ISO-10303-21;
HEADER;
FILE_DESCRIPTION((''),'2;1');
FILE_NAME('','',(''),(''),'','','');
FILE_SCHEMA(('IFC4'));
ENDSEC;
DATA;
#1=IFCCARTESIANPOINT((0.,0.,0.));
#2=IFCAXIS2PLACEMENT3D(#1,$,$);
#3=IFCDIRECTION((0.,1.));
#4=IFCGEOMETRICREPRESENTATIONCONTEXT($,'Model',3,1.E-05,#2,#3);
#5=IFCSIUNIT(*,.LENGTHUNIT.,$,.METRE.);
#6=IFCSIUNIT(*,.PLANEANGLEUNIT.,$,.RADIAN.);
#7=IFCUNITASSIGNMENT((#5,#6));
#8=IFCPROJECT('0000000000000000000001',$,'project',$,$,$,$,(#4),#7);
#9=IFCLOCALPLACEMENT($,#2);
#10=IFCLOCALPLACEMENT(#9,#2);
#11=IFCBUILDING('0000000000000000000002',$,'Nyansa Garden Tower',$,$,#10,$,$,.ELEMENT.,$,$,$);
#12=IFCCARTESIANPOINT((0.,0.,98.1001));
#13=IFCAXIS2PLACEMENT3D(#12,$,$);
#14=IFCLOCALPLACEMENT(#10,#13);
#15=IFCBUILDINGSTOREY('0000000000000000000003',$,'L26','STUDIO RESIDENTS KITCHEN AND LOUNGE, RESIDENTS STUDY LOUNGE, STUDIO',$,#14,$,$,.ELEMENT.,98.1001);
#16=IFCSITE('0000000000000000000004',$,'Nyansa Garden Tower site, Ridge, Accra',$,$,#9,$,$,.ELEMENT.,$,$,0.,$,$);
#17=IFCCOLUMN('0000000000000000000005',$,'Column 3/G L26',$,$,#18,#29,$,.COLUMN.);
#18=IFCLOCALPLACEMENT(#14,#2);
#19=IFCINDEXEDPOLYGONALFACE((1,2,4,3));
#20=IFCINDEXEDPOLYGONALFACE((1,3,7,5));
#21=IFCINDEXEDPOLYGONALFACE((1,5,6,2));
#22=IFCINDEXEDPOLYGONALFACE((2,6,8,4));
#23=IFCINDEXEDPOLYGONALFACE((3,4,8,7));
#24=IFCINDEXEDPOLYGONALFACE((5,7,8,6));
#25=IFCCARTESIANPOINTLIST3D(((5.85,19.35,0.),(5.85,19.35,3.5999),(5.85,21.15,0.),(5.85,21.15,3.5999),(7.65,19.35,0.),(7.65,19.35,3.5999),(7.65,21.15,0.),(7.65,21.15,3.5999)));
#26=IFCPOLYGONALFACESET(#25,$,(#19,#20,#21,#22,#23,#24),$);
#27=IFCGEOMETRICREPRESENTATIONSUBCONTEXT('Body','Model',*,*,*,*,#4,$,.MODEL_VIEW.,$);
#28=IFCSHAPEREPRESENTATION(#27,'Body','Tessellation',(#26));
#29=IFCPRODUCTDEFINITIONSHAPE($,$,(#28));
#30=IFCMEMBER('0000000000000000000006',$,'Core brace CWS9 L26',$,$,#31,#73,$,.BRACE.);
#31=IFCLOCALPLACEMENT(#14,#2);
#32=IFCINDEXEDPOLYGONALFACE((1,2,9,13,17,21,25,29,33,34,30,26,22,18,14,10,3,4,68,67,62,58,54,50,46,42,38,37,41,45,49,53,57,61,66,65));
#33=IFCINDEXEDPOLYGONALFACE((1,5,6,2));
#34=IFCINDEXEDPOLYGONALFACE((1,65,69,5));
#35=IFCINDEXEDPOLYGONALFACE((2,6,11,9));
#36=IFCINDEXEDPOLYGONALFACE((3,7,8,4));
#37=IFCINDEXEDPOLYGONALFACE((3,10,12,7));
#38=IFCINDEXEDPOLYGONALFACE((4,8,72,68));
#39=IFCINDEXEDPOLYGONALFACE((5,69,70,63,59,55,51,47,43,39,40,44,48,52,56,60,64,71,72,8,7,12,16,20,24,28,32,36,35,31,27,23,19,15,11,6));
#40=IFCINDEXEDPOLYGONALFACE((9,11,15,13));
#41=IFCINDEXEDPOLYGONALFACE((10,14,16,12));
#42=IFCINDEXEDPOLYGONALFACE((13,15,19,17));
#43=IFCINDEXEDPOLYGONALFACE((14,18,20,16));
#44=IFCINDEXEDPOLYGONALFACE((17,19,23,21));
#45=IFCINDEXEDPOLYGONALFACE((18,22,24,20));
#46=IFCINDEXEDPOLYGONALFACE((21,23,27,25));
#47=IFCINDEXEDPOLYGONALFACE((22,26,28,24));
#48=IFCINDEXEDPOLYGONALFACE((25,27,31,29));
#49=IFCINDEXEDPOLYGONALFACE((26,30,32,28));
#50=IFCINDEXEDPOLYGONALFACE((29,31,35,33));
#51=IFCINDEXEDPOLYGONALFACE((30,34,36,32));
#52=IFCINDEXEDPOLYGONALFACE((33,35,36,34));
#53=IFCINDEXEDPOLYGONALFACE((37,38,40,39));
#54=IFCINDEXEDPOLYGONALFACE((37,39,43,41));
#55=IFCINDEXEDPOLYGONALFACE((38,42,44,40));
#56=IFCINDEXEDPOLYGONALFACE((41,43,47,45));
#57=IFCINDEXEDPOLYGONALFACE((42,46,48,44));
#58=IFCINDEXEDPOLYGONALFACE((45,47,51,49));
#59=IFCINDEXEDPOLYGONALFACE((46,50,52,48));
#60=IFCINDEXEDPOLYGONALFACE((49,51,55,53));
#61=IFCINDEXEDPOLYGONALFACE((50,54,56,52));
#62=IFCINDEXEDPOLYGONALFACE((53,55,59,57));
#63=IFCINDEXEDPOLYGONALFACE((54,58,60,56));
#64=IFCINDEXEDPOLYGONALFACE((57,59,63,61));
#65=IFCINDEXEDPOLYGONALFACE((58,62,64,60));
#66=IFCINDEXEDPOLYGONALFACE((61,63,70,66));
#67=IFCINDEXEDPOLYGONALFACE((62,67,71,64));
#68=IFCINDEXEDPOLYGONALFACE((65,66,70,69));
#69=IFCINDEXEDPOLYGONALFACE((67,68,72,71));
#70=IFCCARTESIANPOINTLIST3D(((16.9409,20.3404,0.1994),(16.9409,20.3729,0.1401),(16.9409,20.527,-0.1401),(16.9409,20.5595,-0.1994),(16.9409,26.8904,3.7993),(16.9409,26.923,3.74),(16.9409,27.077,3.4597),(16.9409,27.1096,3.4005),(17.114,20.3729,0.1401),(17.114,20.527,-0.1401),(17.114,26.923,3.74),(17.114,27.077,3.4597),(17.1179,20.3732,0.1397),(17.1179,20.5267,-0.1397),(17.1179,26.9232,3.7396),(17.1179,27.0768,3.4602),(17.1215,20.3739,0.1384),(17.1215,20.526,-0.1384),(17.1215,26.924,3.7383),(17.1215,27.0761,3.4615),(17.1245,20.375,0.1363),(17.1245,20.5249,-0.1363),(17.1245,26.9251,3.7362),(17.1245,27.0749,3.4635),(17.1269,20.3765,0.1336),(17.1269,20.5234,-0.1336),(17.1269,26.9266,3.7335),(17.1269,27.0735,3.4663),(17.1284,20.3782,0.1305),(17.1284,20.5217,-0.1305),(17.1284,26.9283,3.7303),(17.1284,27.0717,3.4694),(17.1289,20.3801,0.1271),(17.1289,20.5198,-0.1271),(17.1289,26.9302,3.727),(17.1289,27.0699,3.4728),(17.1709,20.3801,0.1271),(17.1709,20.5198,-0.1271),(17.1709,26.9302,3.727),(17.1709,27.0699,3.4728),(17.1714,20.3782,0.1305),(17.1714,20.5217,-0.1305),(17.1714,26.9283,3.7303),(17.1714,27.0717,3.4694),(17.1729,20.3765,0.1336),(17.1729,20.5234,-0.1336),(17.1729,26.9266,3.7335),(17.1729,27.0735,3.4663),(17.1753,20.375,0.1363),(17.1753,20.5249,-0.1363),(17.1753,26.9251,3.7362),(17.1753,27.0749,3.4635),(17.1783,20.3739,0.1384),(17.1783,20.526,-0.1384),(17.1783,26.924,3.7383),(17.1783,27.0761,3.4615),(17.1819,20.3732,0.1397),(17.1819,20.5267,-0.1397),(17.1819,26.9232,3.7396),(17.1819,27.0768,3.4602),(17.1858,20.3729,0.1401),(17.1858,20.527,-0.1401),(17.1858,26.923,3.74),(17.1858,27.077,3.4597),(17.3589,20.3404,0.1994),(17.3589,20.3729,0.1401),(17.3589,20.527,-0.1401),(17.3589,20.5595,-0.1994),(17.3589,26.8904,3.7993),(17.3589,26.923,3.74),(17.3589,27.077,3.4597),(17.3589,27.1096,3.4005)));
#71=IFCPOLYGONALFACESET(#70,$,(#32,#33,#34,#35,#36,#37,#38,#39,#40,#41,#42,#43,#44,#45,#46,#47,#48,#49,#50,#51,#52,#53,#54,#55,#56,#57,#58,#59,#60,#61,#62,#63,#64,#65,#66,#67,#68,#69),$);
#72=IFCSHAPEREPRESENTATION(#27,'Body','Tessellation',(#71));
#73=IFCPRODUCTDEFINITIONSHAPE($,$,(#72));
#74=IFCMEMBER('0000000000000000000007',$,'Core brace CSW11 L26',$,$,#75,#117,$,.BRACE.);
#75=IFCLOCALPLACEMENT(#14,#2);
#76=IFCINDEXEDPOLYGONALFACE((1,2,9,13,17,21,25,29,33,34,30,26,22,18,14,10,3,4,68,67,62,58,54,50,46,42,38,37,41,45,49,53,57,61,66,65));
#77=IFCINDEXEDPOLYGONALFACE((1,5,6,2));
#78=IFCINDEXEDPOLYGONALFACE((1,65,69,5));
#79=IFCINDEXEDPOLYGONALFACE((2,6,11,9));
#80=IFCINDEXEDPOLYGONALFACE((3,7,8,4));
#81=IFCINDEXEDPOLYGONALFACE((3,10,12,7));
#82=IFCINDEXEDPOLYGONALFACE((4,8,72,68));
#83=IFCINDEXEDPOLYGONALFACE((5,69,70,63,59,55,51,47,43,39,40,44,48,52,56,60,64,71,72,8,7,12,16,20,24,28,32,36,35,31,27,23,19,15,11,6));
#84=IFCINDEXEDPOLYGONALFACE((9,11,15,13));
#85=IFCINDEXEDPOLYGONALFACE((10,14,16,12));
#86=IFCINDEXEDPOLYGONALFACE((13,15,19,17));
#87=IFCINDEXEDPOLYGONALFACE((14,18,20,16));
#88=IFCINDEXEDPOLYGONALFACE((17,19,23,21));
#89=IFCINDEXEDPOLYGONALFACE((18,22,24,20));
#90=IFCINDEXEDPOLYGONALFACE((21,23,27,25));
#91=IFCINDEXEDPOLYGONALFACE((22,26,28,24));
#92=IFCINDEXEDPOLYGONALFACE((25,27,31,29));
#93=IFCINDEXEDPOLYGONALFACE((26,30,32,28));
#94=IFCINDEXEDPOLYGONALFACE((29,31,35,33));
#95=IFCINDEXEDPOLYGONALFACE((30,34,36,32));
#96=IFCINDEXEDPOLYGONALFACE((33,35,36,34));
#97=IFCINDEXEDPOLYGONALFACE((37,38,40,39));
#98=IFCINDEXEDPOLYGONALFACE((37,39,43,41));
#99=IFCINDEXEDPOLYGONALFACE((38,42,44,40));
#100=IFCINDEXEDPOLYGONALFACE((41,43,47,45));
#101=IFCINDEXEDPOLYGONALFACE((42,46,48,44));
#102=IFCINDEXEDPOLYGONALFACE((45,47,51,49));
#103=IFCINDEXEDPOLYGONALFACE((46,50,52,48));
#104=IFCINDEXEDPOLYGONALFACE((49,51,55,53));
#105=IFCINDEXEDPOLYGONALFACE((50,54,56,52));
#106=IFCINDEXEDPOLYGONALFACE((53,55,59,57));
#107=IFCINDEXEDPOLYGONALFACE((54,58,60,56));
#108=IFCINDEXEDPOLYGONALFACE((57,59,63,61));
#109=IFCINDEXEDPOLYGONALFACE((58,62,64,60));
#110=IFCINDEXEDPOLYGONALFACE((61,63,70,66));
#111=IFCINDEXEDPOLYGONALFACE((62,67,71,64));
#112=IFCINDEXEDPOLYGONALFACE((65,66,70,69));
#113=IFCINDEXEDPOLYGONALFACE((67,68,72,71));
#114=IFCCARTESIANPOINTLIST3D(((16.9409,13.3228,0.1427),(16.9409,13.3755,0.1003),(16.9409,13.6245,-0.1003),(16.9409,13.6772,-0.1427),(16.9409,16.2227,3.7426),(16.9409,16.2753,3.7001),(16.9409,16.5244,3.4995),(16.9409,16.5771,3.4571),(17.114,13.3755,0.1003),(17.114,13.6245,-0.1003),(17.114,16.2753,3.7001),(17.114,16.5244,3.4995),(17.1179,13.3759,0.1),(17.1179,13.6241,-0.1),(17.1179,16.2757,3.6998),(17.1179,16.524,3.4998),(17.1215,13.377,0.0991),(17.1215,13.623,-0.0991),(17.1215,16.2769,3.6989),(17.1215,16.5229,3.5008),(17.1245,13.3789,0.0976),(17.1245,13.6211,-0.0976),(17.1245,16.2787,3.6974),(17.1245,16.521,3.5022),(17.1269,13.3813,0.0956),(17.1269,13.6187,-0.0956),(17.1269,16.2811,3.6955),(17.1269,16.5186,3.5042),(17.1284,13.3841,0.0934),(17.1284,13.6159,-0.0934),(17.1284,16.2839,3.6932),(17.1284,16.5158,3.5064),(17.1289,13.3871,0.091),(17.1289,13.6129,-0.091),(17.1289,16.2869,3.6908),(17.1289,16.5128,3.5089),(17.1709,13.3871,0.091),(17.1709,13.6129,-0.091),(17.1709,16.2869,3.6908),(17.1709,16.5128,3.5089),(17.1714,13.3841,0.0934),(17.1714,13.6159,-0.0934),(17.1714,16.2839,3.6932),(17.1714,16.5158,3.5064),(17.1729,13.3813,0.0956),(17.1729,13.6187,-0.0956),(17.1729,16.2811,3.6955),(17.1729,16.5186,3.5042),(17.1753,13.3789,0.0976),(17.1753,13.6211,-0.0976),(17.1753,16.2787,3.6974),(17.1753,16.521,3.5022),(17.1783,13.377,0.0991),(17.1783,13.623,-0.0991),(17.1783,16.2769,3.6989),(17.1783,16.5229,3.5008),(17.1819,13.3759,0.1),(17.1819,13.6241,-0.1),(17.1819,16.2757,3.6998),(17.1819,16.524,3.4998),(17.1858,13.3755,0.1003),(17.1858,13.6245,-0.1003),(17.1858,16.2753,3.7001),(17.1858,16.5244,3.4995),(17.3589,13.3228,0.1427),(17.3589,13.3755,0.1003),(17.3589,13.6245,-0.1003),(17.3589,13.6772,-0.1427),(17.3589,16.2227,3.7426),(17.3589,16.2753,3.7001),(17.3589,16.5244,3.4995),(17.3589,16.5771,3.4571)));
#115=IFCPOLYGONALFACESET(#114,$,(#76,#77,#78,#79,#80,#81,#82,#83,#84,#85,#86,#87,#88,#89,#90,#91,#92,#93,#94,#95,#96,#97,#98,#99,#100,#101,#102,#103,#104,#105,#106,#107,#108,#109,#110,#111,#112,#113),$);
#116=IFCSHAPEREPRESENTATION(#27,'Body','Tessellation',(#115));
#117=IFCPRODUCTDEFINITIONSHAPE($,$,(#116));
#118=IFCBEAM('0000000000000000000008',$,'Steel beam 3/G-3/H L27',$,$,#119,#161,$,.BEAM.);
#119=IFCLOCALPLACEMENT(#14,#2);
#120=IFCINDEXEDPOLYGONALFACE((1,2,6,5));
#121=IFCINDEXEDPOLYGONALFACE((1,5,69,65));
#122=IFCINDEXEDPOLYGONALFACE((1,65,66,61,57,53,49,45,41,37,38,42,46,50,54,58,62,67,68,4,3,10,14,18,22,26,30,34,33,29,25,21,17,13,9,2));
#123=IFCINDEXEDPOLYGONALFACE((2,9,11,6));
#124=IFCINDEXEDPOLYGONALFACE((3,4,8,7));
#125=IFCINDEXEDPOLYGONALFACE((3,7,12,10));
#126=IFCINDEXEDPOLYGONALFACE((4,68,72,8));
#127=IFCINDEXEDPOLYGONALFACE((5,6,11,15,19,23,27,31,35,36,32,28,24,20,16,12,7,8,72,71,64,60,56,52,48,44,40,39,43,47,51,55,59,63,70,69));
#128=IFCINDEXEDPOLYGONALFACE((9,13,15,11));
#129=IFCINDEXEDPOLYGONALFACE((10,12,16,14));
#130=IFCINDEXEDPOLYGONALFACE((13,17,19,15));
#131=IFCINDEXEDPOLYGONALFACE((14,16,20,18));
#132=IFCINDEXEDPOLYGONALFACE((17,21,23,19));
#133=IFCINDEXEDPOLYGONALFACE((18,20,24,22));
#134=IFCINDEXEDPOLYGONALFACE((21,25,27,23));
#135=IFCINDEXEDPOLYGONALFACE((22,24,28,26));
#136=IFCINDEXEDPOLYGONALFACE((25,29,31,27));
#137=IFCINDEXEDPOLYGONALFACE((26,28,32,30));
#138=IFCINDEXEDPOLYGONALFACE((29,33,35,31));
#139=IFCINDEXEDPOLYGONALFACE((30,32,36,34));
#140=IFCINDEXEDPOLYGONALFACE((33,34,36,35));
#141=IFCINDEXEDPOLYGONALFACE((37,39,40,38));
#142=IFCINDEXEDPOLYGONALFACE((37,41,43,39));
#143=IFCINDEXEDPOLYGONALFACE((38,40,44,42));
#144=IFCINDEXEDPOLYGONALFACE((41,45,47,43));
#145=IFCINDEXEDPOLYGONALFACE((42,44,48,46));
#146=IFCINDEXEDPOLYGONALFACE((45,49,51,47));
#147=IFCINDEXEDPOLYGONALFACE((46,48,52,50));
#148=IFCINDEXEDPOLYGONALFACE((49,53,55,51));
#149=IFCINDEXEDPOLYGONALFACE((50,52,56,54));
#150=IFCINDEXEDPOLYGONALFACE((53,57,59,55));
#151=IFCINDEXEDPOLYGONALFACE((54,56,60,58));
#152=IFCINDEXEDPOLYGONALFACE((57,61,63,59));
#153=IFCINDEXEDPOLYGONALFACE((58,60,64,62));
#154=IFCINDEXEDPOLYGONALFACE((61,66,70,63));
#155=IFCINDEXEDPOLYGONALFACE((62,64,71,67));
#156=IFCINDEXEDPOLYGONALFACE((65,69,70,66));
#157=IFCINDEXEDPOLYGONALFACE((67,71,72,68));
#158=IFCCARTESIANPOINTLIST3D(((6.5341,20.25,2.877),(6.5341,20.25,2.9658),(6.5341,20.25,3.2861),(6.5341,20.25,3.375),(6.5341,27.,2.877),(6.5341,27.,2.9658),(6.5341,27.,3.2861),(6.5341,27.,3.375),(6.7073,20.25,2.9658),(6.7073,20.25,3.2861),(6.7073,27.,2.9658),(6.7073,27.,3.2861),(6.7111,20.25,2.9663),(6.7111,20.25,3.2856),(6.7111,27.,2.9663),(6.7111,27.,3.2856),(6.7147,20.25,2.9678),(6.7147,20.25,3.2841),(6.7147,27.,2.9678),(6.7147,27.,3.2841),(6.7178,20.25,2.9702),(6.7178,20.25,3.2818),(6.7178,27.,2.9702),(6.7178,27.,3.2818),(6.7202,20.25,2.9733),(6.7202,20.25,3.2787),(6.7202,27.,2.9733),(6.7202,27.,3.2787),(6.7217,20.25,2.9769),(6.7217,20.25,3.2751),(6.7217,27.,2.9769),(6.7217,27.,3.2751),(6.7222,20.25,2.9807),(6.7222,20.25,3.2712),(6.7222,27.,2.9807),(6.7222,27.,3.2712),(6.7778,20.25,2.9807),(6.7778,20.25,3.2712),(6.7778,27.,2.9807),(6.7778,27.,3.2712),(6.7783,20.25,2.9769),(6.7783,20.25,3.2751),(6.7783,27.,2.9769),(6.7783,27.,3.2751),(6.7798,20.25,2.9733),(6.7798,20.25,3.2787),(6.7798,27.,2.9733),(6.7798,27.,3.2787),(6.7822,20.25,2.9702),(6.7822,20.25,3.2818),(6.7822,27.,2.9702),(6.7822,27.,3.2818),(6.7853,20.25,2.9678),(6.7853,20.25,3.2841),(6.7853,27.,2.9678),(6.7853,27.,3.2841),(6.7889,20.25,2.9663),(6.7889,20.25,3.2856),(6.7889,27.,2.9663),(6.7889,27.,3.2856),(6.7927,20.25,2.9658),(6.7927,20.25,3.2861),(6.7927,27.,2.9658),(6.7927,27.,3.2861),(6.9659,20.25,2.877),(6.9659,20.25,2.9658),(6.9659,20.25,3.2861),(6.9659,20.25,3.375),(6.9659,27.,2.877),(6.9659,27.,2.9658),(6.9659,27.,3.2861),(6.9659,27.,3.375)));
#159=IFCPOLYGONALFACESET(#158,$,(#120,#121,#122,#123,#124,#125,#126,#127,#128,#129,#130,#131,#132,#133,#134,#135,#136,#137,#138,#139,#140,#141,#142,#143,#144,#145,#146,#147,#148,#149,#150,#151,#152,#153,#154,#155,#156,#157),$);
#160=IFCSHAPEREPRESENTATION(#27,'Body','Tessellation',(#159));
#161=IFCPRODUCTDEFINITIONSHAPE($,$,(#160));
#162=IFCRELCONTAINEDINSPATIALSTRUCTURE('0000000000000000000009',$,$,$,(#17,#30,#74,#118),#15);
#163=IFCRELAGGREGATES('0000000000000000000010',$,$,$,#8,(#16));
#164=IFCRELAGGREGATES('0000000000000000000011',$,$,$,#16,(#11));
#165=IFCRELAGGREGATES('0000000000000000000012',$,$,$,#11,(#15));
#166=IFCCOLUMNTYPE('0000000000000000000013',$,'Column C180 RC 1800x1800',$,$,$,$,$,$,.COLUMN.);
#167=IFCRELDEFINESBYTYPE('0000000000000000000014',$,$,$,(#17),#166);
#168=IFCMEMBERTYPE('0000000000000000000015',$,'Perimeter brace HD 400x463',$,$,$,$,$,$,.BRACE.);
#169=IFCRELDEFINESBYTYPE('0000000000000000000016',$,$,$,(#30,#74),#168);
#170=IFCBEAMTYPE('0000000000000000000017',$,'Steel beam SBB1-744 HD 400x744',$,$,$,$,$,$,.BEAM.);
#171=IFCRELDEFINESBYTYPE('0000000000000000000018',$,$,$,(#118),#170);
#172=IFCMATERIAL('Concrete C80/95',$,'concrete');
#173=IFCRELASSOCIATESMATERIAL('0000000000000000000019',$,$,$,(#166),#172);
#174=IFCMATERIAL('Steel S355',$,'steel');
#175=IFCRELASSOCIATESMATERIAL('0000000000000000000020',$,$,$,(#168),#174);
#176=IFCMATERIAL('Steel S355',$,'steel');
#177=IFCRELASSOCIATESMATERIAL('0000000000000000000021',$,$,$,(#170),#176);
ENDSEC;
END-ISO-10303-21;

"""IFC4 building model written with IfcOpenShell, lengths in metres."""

from ifc_helpers import new_model, si_unit, direction, frame, origin, origin_2d, place, context, subcontext, project, spatial, rectangle, i_section, extrude, material, material_profile, profile_set, type_object, element, save


model = new_model("IFC4")

# Units and contexts
model_context = context("Model", 3, precision=1e-05, world=origin(), true_north=direction((0.0, 1.0)))
body_context = subcontext(model_context, "Body", "Model", "MODEL_VIEW")
ifc_project = project(units=[si_unit("LENGTHUNIT", "METRE"), si_unit("PLANEANGLEUNIT", "RADIAN")], contexts=[model_context])

# Site, building, storey
site_placement = place(None, origin())
site = spatial("IfcSite", under=ifc_project, at=site_placement, Name="Nyansa Garden Tower site, Ridge, Accra", CompositionType="ELEMENT", RefElevation=0.0)
building_placement = place(site_placement, origin())
building = spatial("IfcBuilding", under=site, at=building_placement, Name="Nyansa Garden Tower", CompositionType="ELEMENT")
storey_placement = place(building_placement, frame((0.0, 0.0, 98.1001)))
storey = spatial("IfcBuildingStorey", under=building, at=storey_placement, Name="L26", Description="STUDIO RESIDENTS KITCHEN AND LOUNGE, RESIDENTS STUDY LOUNGE, STUDIO", CompositionType="ELEMENT", Elevation=98.1001)

# Column
ifc_material_1 = material(Name="Concrete C80/95", Category="concrete")
ifc_material_profile_1 = material_profile(ifc_material_1, rectangle(XDim=1.8, YDim=1.8, at=origin_2d()), Name="RC 1800x1800")
ifc_profile_set_1 = profile_set([ifc_material_profile_1], Name="Concrete C80/95")
column_type = type_object("IfcColumnType", Name="Column C180 RC 1800x1800", PredefinedType="COLUMN", material=ifc_profile_set_1)
column_placement = place(storey_placement, frame((6.75, 20.25, 0.0), z_axis=(0.0, 0.0, 1.0), x_axis=(1.0, 0.0, 0.0)))
element("IfcColumn", 1, at=column_placement, inside=storey, type_object=column_type, Name="Column 3/G L26", PredefinedType="COLUMN", context=body_context, shape_type="SweptSolid", body=[
    extrude(rectangle(XDim=1.8, YDim=1.8, at=origin_2d()), origin(), (0.0, 0.0, 1.0), 3.5999),
])

# Members
ifc_material_2 = material(Name="Steel S355", Category="steel")
ifc_material_profile_2 = material_profile(ifc_material_2, i_section(OverallWidth=0.418, OverallDepth=0.4551, WebThickness=0.042, FlangeThickness=0.0676, FilletRadius=0.0149, at=origin_2d()), Name="HD 400x463")
ifc_profile_set_2 = profile_set([ifc_material_profile_2], Name="Steel S355")
member_type = type_object("IfcMemberType", Name="Perimeter brace HD 400x463", PredefinedType="BRACE", material=ifc_profile_set_2)
member_1_placement = place(storey_placement, frame((17.1499, 20.45, 0.0), z_axis=(0.0, 0.876367, 0.481644), x_axis=(-1.0, 0.0, 0.0)))
element("IfcMember", 2, at=member_1_placement, inside=storey, type_object=member_type, Name="Core brace CWS9 L26", PredefinedType="BRACE", context=body_context, shape_type="SweptSolid", body=[
    extrude(i_section(OverallWidth=0.418, OverallDepth=0.4551, WebThickness=0.042, FlangeThickness=0.0676, FilletRadius=0.0149, at=origin_2d()), origin(), (0.0, 0.0, 1.0), 7.4741),
])
member_2_placement = place(storey_placement, frame((17.1499, 13.5, 0.0), z_axis=(0.0, 0.627332, 0.778752), x_axis=(-1.0, 0.0, 0.0)))
element("IfcMember", 3, at=member_2_placement, inside=storey, type_object=member_type, Name="Core brace CSW11 L26", PredefinedType="BRACE", context=body_context, shape_type="SweptSolid", body=[
    extrude(i_section(OverallWidth=0.418, OverallDepth=0.4551, WebThickness=0.042, FlangeThickness=0.0676, FilletRadius=0.0149, at=origin_2d()), origin(), (0.0, 0.0, 1.0), 4.6226),
])

# Beam
ifc_material_3 = material(Name="Steel S355", Category="steel")
ifc_material_profile_3 = material_profile(ifc_material_3, i_section(OverallWidth=0.4319, OverallDepth=0.498, WebThickness=0.0557, FlangeThickness=0.0889, FilletRadius=0.0149, at=origin_2d()), Name="HD 400x744")
ifc_profile_set_3 = profile_set([ifc_material_profile_3], Name="Steel S355")
beam_type_1 = type_object("IfcBeamType", Name="Steel beam SBB1-744 HD 400x744", PredefinedType="BEAM", material=ifc_profile_set_3)
beam_1_placement = place(storey_placement, frame((6.75, 20.25, 3.126), z_axis=(0.0, 1.0, 0.0), x_axis=(-1.0, 0.0, 0.0)))
element("IfcBeam", 4, at=beam_1_placement, inside=storey, type_object=beam_type_1, Name="Steel beam 3/G-3/H L27", PredefinedType="BEAM", context=body_context, shape_type="SweptSolid", body=[
    extrude(i_section(OverallWidth=0.4319, OverallDepth=0.498, WebThickness=0.0557, FlangeThickness=0.0889, FilletRadius=0.0149, at=origin_2d()), origin(), (0.0, 0.0, 1.0), 6.75),
])

save(model, "model.ifc")
